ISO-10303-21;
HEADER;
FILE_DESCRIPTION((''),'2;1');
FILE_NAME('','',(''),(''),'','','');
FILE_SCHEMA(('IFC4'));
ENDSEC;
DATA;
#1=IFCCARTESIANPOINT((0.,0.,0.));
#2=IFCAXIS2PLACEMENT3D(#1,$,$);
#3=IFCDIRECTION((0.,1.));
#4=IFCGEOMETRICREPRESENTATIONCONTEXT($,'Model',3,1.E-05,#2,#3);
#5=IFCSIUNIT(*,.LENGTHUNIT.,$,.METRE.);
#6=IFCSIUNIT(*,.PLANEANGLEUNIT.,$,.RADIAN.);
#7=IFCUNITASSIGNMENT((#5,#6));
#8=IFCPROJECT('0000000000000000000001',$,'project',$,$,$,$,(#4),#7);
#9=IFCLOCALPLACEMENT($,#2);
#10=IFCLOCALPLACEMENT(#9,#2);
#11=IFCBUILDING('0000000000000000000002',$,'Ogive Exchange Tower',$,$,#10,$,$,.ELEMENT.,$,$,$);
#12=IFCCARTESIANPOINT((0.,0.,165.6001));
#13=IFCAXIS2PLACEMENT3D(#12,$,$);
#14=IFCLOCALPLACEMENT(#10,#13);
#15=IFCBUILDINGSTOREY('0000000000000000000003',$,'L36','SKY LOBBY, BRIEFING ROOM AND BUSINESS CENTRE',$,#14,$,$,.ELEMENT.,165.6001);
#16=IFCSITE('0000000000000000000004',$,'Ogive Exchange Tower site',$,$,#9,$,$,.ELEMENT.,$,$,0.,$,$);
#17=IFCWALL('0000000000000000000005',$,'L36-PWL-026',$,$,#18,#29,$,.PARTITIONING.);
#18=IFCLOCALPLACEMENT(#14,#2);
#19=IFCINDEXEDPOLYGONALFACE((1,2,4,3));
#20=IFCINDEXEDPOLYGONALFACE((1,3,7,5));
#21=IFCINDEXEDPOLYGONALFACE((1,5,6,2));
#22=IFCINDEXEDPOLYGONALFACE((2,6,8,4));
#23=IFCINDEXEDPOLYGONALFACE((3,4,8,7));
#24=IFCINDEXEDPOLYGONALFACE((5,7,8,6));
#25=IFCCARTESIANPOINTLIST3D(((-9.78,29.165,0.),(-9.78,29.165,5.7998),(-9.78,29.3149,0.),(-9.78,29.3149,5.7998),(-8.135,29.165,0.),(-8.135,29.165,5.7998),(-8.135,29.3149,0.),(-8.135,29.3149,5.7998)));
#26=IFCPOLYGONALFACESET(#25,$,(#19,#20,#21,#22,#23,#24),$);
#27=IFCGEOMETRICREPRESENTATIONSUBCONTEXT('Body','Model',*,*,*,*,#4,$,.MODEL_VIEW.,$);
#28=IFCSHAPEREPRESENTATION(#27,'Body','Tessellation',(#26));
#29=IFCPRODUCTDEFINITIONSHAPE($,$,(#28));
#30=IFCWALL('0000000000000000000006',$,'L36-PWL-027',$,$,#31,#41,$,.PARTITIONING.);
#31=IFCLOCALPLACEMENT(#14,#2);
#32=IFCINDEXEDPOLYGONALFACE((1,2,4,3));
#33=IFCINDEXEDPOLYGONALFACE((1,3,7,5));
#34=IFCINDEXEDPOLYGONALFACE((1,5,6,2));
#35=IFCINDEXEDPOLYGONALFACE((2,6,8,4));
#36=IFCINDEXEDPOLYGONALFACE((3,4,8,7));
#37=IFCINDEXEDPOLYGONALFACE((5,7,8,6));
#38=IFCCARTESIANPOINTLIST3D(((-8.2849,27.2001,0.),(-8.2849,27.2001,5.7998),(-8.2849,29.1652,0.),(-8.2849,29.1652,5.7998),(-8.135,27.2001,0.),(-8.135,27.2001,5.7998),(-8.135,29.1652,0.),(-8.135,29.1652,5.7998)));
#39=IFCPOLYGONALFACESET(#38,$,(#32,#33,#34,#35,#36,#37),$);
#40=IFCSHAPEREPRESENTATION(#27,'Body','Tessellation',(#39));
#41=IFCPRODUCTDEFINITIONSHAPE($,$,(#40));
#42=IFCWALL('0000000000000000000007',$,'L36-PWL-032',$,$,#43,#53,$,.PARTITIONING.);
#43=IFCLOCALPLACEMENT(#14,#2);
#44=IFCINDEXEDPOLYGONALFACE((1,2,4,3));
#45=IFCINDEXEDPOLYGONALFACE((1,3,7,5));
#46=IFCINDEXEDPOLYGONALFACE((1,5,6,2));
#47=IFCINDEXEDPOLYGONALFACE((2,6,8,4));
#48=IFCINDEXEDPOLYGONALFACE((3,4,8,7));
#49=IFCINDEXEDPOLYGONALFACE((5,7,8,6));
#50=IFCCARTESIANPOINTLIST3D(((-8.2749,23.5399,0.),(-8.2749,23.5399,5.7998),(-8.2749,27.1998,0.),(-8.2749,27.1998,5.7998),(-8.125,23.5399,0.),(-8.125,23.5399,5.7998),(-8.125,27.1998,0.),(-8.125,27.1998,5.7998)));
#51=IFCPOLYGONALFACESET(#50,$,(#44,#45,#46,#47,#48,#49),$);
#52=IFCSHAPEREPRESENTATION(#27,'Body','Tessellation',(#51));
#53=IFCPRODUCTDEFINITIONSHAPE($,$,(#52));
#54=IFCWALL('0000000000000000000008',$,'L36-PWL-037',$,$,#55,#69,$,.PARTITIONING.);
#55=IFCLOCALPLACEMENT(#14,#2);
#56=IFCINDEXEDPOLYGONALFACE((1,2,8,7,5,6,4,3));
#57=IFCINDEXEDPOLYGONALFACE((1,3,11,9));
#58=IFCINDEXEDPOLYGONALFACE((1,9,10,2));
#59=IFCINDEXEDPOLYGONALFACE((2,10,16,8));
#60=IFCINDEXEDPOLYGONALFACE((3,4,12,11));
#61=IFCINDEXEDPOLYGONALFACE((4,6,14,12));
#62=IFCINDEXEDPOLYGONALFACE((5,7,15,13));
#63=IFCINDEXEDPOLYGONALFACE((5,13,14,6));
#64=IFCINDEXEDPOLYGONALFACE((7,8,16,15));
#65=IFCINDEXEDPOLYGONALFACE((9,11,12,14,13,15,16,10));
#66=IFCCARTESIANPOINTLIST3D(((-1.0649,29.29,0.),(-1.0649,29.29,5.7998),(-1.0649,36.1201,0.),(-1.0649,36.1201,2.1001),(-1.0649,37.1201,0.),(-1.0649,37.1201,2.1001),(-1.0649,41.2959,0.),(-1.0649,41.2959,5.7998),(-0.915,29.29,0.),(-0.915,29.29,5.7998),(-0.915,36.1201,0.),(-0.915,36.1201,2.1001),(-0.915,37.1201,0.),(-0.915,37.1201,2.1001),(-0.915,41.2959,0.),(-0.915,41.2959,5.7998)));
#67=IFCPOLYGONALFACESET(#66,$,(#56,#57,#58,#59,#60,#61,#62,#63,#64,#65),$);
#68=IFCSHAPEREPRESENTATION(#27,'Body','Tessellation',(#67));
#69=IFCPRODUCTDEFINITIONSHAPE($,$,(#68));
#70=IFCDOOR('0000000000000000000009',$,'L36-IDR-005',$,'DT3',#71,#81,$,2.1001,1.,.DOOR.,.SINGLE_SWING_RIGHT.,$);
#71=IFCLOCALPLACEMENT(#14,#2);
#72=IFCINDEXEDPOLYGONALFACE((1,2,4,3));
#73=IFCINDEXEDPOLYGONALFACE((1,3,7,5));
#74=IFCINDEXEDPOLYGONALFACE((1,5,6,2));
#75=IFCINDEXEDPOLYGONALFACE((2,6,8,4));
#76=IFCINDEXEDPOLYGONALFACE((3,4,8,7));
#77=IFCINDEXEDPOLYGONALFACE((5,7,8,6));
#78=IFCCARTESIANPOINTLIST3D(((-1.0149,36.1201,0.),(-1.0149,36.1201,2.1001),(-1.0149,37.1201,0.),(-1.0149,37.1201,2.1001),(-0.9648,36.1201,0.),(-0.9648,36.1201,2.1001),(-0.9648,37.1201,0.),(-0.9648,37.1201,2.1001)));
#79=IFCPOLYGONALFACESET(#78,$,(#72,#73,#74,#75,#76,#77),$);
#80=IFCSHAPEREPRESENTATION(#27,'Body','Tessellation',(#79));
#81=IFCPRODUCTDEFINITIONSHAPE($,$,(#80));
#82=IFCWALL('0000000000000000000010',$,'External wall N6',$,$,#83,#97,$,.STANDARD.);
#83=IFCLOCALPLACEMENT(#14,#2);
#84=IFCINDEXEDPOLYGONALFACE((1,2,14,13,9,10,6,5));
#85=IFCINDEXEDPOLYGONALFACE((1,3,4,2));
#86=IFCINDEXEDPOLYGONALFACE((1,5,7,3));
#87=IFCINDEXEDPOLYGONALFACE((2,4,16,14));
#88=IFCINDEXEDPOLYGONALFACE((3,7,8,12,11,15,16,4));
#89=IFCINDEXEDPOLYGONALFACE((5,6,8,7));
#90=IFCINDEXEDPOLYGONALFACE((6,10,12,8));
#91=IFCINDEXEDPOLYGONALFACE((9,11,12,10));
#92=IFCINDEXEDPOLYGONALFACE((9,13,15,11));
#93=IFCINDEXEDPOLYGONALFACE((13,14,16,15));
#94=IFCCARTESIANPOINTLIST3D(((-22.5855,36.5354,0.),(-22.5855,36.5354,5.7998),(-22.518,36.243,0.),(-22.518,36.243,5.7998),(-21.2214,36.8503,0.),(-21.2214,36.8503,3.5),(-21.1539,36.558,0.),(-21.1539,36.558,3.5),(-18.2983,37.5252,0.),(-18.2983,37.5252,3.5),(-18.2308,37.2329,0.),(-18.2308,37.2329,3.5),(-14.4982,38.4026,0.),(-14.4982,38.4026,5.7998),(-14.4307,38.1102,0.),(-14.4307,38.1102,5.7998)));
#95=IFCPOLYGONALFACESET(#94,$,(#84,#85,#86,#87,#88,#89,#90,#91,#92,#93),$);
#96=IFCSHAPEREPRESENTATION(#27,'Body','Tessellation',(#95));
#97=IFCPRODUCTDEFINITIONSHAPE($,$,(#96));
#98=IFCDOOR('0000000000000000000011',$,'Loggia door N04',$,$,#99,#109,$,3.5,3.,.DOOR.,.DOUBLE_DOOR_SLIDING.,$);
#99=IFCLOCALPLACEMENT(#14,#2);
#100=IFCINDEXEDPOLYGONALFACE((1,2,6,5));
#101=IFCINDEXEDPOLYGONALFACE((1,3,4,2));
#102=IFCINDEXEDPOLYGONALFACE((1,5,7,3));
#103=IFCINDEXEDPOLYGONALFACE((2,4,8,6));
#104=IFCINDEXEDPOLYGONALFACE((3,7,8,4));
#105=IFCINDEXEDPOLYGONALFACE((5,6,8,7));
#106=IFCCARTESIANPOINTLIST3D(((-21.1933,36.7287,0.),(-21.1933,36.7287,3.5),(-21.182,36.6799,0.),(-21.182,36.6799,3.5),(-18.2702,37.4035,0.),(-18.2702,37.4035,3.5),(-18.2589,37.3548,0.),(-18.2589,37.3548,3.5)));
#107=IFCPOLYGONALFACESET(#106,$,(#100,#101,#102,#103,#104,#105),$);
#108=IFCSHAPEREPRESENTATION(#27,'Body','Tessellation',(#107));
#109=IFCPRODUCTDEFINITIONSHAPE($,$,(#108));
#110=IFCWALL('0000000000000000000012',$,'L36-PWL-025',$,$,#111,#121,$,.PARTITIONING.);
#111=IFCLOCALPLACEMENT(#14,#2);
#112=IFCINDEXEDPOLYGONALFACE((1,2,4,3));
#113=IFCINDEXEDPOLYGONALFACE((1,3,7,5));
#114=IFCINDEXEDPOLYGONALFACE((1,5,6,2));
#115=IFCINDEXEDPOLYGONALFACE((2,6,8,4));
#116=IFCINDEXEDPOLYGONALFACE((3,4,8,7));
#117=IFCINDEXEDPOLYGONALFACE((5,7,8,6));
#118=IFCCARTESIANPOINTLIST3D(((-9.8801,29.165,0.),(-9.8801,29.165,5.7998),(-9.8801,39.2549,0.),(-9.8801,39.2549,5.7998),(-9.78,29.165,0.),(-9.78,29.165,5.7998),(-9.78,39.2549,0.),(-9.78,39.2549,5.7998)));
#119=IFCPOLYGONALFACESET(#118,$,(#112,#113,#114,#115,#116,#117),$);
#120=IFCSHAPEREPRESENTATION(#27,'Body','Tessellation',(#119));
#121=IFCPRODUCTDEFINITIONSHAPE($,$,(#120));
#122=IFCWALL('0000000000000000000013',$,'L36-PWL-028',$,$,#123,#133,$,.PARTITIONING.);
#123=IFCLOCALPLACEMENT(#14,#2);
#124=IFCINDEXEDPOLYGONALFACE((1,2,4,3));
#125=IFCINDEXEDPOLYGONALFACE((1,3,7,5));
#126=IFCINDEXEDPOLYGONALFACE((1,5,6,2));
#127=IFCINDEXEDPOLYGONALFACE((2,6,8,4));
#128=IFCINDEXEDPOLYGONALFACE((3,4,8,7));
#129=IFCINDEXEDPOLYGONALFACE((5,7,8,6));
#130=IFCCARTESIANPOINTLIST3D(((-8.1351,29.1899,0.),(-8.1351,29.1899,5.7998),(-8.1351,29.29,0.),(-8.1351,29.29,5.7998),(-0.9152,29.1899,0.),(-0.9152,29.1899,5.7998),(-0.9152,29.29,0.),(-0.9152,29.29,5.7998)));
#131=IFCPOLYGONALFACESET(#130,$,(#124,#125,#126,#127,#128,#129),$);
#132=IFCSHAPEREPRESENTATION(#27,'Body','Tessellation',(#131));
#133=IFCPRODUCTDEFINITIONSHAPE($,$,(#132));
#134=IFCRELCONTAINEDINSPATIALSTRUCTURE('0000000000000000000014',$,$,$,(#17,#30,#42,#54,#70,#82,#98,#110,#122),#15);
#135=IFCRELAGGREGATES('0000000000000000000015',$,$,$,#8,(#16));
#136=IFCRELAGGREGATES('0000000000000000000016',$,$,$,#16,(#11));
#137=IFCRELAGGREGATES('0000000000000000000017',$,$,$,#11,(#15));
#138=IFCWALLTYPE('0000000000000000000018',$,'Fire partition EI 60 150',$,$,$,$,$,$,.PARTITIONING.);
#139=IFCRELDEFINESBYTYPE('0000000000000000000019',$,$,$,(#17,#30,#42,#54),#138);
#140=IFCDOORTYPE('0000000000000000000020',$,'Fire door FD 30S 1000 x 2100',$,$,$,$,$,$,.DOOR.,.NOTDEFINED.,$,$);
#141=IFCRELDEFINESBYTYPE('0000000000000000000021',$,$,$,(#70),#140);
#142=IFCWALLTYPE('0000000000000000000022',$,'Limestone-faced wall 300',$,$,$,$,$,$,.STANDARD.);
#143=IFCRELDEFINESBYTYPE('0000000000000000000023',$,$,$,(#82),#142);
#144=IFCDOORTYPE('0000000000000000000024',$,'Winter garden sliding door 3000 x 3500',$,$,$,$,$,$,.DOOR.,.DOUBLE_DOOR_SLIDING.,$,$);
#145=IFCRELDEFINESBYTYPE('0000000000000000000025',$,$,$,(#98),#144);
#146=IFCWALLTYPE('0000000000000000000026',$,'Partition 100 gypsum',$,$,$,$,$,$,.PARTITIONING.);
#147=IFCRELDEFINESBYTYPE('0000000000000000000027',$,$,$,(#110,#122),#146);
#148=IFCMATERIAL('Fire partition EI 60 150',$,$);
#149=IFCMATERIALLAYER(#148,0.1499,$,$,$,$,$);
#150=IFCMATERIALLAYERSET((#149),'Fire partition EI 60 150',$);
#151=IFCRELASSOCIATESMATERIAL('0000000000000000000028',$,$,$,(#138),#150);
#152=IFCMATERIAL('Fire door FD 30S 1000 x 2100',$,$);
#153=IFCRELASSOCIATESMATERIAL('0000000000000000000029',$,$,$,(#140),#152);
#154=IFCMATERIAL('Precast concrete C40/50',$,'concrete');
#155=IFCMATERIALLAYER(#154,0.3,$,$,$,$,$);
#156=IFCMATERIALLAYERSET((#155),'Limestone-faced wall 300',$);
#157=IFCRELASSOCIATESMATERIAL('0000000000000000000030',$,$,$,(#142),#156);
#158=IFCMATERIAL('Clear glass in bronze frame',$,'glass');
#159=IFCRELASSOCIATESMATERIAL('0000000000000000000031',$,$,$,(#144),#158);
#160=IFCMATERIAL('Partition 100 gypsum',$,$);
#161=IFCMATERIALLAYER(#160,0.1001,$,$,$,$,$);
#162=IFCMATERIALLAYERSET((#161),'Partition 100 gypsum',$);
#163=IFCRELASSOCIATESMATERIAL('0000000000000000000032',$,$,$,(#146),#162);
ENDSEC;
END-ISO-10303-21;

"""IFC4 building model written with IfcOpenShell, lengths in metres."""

from ifc_helpers import new_model, si_unit, direction, frame, frame_2d, origin, place, context, subcontext, project, spatial, rectangle, extrude, material, layer, layer_set, type_object, element, fill, save


model = new_model("IFC4")

# Units and contexts
model_context = context("Model", 3, precision=1e-05, world=origin(), true_north=direction((0.0, 1.0)))
body_context = subcontext(model_context, "Body", "Model", "MODEL_VIEW")
ifc_project = project(units=[si_unit("LENGTHUNIT", "METRE"), si_unit("PLANEANGLEUNIT", "RADIAN")], contexts=[model_context])

# Site, building, storey
site_placement = place(None, origin())
site = spatial("IfcSite", under=ifc_project, at=site_placement, Name="Ogive Exchange Tower site", CompositionType="ELEMENT", RefElevation=0.0)
building_placement = place(site_placement, origin())
building = spatial("IfcBuilding", under=site, at=building_placement, Name="Ogive Exchange Tower", CompositionType="ELEMENT")
storey_placement = place(building_placement, frame((0.0, 0.0, 165.6001)))
storey = spatial("IfcBuildingStorey", under=building, at=storey_placement, Name="L36", Description="SKY LOBBY, BRIEFING ROOM AND BUSINESS CENTRE", CompositionType="ELEMENT", Elevation=165.6001)

# Shared definitions
ifc_material_1 = material(Name="Fire partition EI 60 150")
ifc_layer_1 = layer(ifc_material_1, 0.1499)
ifc_layer_set_1 = layer_set([ifc_layer_1], Name="Fire partition EI 60 150")
wall_type_1 = type_object("IfcWallType", Name="Fire partition EI 60 150", PredefinedType="PARTITIONING", material=ifc_layer_set_1)
ifc_material_2 = material(Name="Fire door FD 30S 1000 x 2100")
door_type_1 = type_object("IfcDoorType", Name="Fire door FD 30S 1000 x 2100", OperationType="NOTDEFINED", PredefinedType="DOOR", material=ifc_material_2)

# Walls
wall_1_placement = place(storey_placement, frame((-9.78, 29.24, 0.0), z_axis=(0.0, 0.0, 1.0), x_axis=(1.0, 0.0, 0.0)))
element("IfcWall", 1, at=wall_1_placement, inside=storey, type_object=wall_type_1, Name="L36-PWL-026", PredefinedType="PARTITIONING", context=body_context, shape_type="SweptSolid", body=[
    extrude(rectangle(XDim=1.645, YDim=0.1499, at=frame_2d((0.8225, 0.0))), origin(), (0.0, 0.0, 1.0), 5.7998),
])
wall_2_placement = place(storey_placement, frame((-8.21, 29.165, 0.0), z_axis=(0.0, 0.0, 1.0), x_axis=(0.0, -1.0, 0.0)))
element("IfcWall", 2, at=wall_2_placement, inside=storey, type_object=wall_type_1, Name="L36-PWL-027", PredefinedType="PARTITIONING", context=body_context, shape_type="SweptSolid", body=[
    extrude(rectangle(XDim=1.9651, YDim=0.1499, at=frame_2d((0.9824, 0.0))), origin(), (0.0, 0.0, 1.0), 5.7998),
])
wall_3_placement = place(storey_placement, frame((-8.2, 27.2, 0.0), z_axis=(0.0, 0.0, 1.0), x_axis=(0.0, -1.0, 0.0)))
element("IfcWall", 3, at=wall_3_placement, inside=storey, type_object=wall_type_1, Name="L36-PWL-032", PredefinedType="PARTITIONING", context=body_context, shape_type="SweptSolid", body=[
    extrude(rectangle(XDim=3.6599, YDim=0.1499, at=frame_2d((1.8301, 0.0))), origin(), (0.0, 0.0, 1.0), 5.7998),
])

# Walls, openings, doors
wall_4_placement = place(storey_placement, frame((-0.99, 29.29, 0.0), z_axis=(0.0, 0.0, 1.0), x_axis=(0.0, 1.0, 0.0)))
wall_4 = element("IfcWall", 4, at=wall_4_placement, inside=storey, type_object=wall_type_1, Name="L36-PWL-037", PredefinedType="PARTITIONING", context=body_context, shape_type="SweptSolid", body=[
    extrude(rectangle(XDim=12.0059, YDim=0.1499, at=frame_2d((6.0029, 0.0))), origin(), (0.0, 0.0, 1.0), 5.7998),
])
opening_1_placement = place(wall_4_placement, frame((6.8301, 0.0, 0.0)))
opening_1 = element("IfcOpeningElement", 5, at=opening_1_placement, cuts=wall_4, PredefinedType="OPENING", context=body_context, shape_type="SweptSolid", body=[
    extrude(rectangle(XDim=1.0, YDim=2.1001, at=frame_2d((0.5, 1.05))), frame((0.0, 0.085, 0.0), z_axis=(0.0, -1.0, 0.0), x_axis=(1.0, 0.0, 0.0)), (0.0, 0.0, 1.0), 0.1699),
])
door_1_placement = place(opening_1_placement, origin())
door_1 = element("IfcDoor", 6, at=door_1_placement, inside=storey, type_object=door_type_1, Name="L36-IDR-005", ObjectType="DT3", OperationType="SINGLE_SWING_RIGHT", OverallHeight=2.1001, OverallWidth=1.0, PredefinedType="DOOR", context=body_context, shape_type="SweptSolid", body=[
    extrude(rectangle(XDim=1.0, YDim=2.1001, at=frame_2d((0.5, 1.05))), frame((0.0, 0.0249, 0.0), z_axis=(0.0, -1.0, 0.0), x_axis=(1.0, 0.0, 0.0)), (0.0, 0.0, 1.0), 0.05),
])
fill(opening_1, door_1)
ifc_material_3 = material(Name="Precast concrete C40/50", Category="concrete")
ifc_layer_2 = layer(ifc_material_3, 0.3)
ifc_layer_set_2 = layer_set([ifc_layer_2], Name="Limestone-faced wall 300")
wall_type_2 = type_object("IfcWallType", Name="Limestone-faced wall 300", PredefinedType="STANDARD", material=ifc_layer_set_2)
wall_5_placement = place(storey_placement, frame((-14.4646, 38.2563, 0.0), z_axis=(0.0, 0.0, 1.0), x_axis=(-0.974368, -0.224958, 0.0)))
wall_5 = element("IfcWall", 7, at=wall_5_placement, inside=storey, type_object=wall_type_2, Name="External wall N6", PredefinedType="STANDARD", context=body_context, shape_type="SweptSolid", body=[
    extrude(rectangle(XDim=8.3, YDim=0.3, at=frame_2d((4.1499, 0.0))), origin(), (0.0, 0.0, 1.0), 5.7998),
])
opening_2_placement = place(wall_5_placement, frame((3.8999, 0.0, 0.0)))
opening_2 = element("IfcOpeningElement", 8, at=opening_2_placement, cuts=wall_5, PredefinedType="OPENING", context=body_context, shape_type="SweptSolid", body=[
    extrude(rectangle(XDim=3.0, YDim=3.5, at=frame_2d((1.5, 1.75))), frame((0.0, 0.1599, 0.0), z_axis=(0.0, -1.0, 0.0), x_axis=(1.0, 0.0, 0.0)), (0.0, 0.0, 1.0), 0.3201),
])
ifc_material_4 = material(Name="Clear glass in bronze frame", Category="glass")
door_type_2 = type_object("IfcDoorType", Name="Winter garden sliding door 3000 x 3500", OperationType="DOUBLE_DOOR_SLIDING", PredefinedType="DOOR", material=ifc_material_4)
door_2_placement = place(opening_2_placement, origin())
door_2 = element("IfcDoor", 9, at=door_2_placement, inside=storey, type_object=door_type_2, Name="Loggia door N04", OperationType="DOUBLE_DOOR_SLIDING", OverallHeight=3.5, OverallWidth=3.0, PredefinedType="DOOR", context=body_context, shape_type="SweptSolid", body=[
    extrude(rectangle(XDim=3.0, YDim=3.5, at=frame_2d((1.5, 1.75))), frame((0.0, 0.0249, 0.0), z_axis=(0.0, -1.0, 0.0), x_axis=(1.0, 0.0, 0.0)), (0.0, 0.0, 1.0), 0.05),
])
fill(opening_2, door_2)

# Walls
ifc_material_5 = material(Name="Partition 100 gypsum")
ifc_layer_3 = layer(ifc_material_5, 0.1001)
ifc_layer_set_3 = layer_set([ifc_layer_3], Name="Partition 100 gypsum")
wall_type_3 = type_object("IfcWallType", Name="Partition 100 gypsum", PredefinedType="PARTITIONING", material=ifc_layer_set_3)
wall_6_placement = place(storey_placement, frame((-9.8301, 29.165, 0.0), z_axis=(0.0, 0.0, 1.0), x_axis=(0.0, 1.0, 0.0)))
element("IfcWall", 10, at=wall_6_placement, inside=storey, type_object=wall_type_3, Name="L36-PWL-025", PredefinedType="PARTITIONING", context=body_context, shape_type="SweptSolid", body=[
    extrude(rectangle(XDim=10.0898, YDim=0.1001, at=frame_2d((5.0449, 0.0))), origin(), (0.0, 0.0, 1.0), 5.7998),
])
wall_7_placement = place(storey_placement, frame((-8.135, 29.24, 0.0), z_axis=(0.0, 0.0, 1.0), x_axis=(1.0, 0.0, 0.0)))
element("IfcWall", 11, at=wall_7_placement, inside=storey, type_object=wall_type_3, Name="L36-PWL-028", PredefinedType="PARTITIONING", context=body_context, shape_type="SweptSolid", body=[
    extrude(rectangle(XDim=7.22, YDim=0.1001, at=frame_2d((3.6099, 0.0))), origin(), (0.0, 0.0, 1.0), 5.7998),
])

save(model, "model.ifc")
